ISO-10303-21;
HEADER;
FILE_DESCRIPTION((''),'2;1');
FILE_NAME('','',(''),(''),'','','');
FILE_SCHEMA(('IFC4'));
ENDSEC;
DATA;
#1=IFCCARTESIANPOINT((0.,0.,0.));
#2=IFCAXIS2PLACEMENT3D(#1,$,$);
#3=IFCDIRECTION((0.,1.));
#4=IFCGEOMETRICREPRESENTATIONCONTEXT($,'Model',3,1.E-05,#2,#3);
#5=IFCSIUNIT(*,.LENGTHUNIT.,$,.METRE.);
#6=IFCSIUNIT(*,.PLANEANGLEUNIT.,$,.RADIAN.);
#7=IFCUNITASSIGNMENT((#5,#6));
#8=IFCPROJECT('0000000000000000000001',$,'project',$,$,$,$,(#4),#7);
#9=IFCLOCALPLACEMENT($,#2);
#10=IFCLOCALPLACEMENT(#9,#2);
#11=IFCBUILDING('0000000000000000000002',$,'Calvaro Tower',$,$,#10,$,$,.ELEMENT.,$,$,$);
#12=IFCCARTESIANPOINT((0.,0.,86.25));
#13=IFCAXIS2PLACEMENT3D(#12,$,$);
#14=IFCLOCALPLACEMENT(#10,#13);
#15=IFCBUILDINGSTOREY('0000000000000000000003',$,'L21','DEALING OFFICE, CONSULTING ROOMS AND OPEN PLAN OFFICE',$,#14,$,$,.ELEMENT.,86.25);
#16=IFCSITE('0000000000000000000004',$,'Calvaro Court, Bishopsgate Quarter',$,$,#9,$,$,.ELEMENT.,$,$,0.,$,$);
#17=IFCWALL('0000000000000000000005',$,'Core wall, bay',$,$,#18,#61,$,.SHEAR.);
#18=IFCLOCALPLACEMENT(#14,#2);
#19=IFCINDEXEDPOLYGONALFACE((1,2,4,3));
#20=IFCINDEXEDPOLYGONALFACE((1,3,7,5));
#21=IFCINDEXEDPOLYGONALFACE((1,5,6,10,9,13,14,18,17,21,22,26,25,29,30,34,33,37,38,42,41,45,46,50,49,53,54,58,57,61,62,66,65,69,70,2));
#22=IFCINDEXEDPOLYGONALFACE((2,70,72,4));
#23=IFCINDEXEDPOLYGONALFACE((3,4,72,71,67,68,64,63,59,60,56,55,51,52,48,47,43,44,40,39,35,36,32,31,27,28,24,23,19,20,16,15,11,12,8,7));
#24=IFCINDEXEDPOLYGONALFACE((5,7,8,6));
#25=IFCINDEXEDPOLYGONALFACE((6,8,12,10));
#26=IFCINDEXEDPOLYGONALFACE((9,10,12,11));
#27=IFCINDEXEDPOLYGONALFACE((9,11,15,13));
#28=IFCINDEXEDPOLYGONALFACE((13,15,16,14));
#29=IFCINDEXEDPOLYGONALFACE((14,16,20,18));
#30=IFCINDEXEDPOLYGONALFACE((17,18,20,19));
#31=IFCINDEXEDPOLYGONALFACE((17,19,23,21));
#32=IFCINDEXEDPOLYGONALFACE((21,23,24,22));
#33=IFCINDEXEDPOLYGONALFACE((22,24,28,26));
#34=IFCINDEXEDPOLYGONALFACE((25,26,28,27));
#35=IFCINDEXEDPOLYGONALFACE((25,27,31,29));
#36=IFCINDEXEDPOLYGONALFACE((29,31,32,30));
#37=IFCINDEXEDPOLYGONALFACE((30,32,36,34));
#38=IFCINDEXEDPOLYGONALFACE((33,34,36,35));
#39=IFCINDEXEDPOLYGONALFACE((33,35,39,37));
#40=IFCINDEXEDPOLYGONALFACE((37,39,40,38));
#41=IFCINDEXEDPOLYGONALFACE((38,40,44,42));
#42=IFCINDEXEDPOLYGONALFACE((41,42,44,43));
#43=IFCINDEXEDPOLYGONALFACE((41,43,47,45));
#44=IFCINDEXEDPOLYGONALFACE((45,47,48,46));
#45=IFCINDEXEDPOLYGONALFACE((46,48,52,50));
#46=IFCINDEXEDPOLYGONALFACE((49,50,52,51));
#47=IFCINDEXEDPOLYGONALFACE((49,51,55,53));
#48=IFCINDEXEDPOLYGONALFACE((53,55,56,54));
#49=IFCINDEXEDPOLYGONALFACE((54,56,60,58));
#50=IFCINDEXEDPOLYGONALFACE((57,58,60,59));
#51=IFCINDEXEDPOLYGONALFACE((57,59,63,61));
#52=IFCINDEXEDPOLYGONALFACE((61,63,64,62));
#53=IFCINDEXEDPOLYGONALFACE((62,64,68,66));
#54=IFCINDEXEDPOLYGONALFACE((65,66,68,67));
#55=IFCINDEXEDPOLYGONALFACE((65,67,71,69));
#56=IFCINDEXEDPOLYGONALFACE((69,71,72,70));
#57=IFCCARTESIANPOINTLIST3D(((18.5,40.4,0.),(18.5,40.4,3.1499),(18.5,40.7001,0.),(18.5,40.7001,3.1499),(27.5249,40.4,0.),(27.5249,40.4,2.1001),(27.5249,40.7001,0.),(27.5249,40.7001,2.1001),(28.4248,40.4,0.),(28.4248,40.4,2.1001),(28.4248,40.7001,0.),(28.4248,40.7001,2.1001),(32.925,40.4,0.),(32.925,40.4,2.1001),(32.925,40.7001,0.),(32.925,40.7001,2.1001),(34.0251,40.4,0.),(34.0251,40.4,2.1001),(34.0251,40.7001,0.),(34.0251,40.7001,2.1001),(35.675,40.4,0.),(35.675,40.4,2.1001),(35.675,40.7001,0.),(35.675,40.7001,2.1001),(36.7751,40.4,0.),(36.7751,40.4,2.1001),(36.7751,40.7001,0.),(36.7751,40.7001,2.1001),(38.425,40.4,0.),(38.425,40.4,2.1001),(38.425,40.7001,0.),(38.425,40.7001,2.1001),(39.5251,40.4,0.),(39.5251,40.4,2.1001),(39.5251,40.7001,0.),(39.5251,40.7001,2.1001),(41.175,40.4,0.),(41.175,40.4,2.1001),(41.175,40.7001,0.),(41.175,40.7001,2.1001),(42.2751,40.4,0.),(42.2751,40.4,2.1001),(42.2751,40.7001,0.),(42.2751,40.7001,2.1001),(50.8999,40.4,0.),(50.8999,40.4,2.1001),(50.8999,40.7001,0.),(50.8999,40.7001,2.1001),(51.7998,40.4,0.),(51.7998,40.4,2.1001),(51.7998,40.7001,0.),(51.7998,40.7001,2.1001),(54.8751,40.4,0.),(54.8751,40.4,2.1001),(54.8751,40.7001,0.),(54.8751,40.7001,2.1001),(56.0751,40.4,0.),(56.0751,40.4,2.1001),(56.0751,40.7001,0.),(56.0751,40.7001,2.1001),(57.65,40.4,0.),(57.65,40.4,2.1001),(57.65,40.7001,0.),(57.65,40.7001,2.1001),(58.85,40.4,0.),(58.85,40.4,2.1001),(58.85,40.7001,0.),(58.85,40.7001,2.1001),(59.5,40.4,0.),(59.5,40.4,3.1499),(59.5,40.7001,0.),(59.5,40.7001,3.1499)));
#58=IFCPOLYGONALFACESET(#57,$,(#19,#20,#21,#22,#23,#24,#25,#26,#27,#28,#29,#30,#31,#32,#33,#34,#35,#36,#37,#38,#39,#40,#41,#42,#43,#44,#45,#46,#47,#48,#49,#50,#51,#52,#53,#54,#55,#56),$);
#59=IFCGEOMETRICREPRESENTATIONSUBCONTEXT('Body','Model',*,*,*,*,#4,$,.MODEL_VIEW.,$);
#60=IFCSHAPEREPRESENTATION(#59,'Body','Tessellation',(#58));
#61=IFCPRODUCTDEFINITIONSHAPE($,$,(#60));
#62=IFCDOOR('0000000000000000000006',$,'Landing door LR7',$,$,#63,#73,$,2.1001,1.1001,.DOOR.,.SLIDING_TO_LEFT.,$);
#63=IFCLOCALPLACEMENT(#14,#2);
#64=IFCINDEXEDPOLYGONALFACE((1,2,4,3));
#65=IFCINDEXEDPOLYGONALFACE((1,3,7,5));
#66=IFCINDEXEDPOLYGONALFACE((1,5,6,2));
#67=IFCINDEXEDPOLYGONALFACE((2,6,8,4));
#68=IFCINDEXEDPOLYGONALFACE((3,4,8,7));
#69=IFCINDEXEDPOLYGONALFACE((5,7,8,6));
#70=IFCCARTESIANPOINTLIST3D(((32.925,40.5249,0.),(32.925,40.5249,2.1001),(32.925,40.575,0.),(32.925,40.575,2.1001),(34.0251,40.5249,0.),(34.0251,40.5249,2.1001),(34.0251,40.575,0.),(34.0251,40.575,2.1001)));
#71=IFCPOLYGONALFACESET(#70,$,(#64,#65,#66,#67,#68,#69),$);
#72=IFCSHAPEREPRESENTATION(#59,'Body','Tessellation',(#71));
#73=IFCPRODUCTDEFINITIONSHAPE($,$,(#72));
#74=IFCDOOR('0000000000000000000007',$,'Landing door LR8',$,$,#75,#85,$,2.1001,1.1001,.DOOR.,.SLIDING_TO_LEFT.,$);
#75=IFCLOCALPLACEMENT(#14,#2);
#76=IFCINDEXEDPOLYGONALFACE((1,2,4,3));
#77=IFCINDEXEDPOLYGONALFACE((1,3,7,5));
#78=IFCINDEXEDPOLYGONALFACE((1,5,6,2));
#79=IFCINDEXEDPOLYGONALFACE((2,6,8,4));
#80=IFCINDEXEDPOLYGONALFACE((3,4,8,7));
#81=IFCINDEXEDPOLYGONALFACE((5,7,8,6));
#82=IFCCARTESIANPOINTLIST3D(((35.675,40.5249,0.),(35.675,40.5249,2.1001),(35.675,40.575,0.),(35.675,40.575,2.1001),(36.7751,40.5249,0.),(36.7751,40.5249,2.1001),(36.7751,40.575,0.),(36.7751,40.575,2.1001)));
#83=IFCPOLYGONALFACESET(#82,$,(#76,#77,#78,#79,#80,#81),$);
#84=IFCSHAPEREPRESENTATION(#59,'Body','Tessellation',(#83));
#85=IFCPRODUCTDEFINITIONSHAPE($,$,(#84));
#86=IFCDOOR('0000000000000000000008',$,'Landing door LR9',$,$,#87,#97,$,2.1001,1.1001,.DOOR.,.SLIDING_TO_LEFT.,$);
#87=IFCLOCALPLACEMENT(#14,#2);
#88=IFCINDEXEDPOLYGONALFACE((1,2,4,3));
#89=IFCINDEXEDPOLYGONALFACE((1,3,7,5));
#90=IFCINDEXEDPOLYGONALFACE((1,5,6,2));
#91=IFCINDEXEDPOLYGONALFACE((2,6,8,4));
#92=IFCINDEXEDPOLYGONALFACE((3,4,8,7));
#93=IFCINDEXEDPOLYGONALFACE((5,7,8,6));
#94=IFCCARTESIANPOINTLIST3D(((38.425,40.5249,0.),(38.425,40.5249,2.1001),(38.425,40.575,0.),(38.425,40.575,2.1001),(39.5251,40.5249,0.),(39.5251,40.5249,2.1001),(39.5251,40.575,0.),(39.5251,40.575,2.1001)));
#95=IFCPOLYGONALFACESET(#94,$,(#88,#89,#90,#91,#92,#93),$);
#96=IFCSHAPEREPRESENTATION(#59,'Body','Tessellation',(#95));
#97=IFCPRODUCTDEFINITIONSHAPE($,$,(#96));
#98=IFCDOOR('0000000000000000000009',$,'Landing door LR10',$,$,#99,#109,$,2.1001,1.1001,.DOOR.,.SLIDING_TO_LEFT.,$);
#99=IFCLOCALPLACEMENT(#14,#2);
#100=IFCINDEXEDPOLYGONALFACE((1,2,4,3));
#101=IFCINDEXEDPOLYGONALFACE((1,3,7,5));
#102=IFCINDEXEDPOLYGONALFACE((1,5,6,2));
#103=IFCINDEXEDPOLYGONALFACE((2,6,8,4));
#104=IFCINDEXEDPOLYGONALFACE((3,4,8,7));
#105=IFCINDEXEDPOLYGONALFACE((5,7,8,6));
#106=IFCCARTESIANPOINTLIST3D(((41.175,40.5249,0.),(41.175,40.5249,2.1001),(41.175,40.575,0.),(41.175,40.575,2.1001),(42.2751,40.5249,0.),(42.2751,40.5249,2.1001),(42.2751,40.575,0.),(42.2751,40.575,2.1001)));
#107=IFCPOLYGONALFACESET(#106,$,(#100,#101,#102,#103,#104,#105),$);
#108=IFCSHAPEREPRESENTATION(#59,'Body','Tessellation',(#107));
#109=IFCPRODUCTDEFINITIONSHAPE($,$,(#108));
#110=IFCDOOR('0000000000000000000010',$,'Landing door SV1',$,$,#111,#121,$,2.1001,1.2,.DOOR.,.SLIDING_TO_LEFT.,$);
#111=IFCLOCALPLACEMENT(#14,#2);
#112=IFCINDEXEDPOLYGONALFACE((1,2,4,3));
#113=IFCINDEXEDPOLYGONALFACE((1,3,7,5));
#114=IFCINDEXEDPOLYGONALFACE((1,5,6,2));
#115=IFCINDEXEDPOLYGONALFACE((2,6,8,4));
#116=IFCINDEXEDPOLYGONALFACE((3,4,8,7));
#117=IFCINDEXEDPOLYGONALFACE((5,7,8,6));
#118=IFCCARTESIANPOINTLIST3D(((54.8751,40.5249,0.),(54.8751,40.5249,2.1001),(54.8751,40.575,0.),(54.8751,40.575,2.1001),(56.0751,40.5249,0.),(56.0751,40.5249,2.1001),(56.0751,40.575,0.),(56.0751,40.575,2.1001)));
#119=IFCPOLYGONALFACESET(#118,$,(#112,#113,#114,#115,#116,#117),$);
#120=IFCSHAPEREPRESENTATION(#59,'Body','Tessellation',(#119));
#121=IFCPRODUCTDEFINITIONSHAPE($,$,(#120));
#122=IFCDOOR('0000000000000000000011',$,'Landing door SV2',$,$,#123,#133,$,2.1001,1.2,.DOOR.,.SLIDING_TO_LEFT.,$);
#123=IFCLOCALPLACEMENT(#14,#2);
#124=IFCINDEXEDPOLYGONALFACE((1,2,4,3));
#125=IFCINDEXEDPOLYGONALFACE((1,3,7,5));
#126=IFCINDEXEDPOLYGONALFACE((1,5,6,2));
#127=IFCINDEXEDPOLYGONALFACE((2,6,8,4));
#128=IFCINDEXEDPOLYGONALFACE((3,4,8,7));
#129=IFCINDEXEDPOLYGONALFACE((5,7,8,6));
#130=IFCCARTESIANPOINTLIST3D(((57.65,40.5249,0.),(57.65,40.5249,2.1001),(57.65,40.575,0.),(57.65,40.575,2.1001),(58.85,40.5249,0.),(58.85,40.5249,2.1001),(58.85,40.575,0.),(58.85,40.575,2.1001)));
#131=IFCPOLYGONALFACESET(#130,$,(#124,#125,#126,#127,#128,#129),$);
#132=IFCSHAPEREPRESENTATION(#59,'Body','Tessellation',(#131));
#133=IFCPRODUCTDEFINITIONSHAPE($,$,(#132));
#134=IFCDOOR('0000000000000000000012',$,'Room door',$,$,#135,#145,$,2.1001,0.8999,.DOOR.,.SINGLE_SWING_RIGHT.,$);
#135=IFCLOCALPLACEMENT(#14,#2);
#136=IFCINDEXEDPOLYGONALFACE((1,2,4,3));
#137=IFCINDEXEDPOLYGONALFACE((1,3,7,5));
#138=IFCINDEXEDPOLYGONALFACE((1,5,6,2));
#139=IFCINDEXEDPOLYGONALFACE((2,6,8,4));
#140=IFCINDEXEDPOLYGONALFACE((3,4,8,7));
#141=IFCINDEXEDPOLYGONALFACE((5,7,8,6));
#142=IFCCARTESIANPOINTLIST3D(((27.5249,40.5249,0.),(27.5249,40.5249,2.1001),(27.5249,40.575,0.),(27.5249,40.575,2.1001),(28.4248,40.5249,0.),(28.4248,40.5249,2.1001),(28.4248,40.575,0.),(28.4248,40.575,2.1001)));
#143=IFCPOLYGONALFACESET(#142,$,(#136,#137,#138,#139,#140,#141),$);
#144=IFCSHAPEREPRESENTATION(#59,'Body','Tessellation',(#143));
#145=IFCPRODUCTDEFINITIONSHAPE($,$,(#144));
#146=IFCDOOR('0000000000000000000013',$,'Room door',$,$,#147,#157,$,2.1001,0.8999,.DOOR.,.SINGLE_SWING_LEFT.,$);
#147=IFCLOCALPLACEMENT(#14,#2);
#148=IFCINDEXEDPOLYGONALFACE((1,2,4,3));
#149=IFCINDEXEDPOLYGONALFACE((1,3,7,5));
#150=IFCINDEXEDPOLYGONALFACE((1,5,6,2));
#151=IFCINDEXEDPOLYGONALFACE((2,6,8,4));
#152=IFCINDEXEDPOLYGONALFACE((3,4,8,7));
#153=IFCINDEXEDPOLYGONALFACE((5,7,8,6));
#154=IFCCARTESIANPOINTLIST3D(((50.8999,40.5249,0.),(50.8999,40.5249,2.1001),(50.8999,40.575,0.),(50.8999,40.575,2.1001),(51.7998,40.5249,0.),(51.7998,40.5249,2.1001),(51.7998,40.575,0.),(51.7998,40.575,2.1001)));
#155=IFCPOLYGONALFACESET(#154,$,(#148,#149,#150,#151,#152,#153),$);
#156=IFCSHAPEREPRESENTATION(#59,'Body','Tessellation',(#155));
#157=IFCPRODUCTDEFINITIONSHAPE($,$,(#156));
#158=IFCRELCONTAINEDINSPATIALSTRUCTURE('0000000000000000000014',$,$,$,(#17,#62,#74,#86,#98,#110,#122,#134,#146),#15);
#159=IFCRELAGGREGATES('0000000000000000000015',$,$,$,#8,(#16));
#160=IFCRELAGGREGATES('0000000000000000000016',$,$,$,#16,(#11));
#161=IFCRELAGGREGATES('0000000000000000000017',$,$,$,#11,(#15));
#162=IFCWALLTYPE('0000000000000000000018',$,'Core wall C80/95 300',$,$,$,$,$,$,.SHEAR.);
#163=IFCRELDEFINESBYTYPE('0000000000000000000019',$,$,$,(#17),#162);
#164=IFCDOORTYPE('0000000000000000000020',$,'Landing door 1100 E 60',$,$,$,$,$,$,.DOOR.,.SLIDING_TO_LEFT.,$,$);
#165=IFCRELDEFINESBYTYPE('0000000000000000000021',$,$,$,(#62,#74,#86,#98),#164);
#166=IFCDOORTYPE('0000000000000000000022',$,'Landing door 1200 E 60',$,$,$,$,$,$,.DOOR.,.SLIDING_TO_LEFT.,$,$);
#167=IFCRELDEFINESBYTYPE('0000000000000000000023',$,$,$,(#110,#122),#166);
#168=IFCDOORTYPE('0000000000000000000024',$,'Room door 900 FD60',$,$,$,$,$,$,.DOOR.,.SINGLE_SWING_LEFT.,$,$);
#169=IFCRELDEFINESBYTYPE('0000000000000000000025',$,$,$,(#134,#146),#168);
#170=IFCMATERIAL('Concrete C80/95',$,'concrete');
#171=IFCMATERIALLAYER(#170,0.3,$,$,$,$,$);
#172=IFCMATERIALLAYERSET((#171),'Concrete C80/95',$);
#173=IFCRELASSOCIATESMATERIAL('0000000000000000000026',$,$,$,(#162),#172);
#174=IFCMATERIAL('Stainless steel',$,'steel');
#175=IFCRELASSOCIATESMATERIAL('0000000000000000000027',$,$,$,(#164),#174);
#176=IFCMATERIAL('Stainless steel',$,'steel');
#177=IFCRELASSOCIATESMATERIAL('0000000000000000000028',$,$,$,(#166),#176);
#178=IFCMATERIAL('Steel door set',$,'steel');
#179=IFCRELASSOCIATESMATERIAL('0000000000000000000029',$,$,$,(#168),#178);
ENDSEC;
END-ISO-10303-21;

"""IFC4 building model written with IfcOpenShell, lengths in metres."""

from ifc_helpers import new_model, si_unit, direction, frame, frame_2d, origin, place, context, subcontext, project, spatial, rectangle, extrude, material, layer, layer_set, type_object, element, fill, save


model = new_model("IFC4")

# Units and contexts
model_context = context("Model", 3, precision=1e-05, world=origin(), true_north=direction((0.0, 1.0)))
body_context = subcontext(model_context, "Body", "Model", "MODEL_VIEW")
ifc_project = project(units=[si_unit("LENGTHUNIT", "METRE"), si_unit("PLANEANGLEUNIT", "RADIAN")], contexts=[model_context])

# Site, building, storey
site_placement = place(None, origin())
site = spatial("IfcSite", under=ifc_project, at=site_placement, Name="Calvaro Court, Bishopsgate Quarter", CompositionType="ELEMENT", RefElevation=0.0)
building_placement = place(site_placement, origin())
building = spatial("IfcBuilding", under=site, at=building_placement, Name="Calvaro Tower", CompositionType="ELEMENT")
storey_placement = place(building_placement, frame((0.0, 0.0, 86.25)))
storey = spatial("IfcBuildingStorey", under=building, at=storey_placement, Name="L21", Description="DEALING OFFICE, CONSULTING ROOMS AND OPEN PLAN OFFICE", CompositionType="ELEMENT", Elevation=86.25)

# Shared definitions
ifc_material_1 = material(Name="Concrete C80/95", Category="concrete")
ifc_layer_1 = layer(ifc_material_1, 0.3)
ifc_layer_set_1 = layer_set([ifc_layer_1], Name="Concrete C80/95")
wall_type_1 = type_object("IfcWallType", Name="Core wall C80/95 300", PredefinedType="SHEAR", material=ifc_layer_set_1)
ifc_material_2 = material(Name="Stainless steel", Category="steel")
door_type_1 = type_object("IfcDoorType", Name="Landing door 1100 E 60", OperationType="SLIDING_TO_LEFT", PredefinedType="DOOR", material=ifc_material_2)

# Wall, openings, doors
wall_1_placement = place(storey_placement, frame((18.5, 40.55, 0.0), z_axis=(0.0, 0.0, 1.0), x_axis=(1.0, 0.0, 0.0)))
wall_1 = element("IfcWall", 1, at=wall_1_placement, inside=storey, type_object=wall_type_1, Name="Core wall, bay", PredefinedType="SHEAR", context=body_context, shape_type="SweptSolid", body=[
    extrude(rectangle(XDim=41.0, YDim=0.3, at=frame_2d((20.5, 0.0))), origin(), (0.0, 0.0, 1.0), 3.1499),
])
opening_1_placement = place(wall_1_placement, frame((9.0249, 0.0, 0.0)))
opening_1 = element("IfcOpeningElement", 2, at=opening_1_placement, cuts=wall_1, PredefinedType="OPENING", context=body_context, shape_type="SweptSolid", body=[
    extrude(rectangle(XDim=0.8999, YDim=2.1001, at=frame_2d((0.45, 1.05))), frame((0.0, 0.1599, 0.0), z_axis=(0.0, -1.0, 0.0), x_axis=(1.0, 0.0, 0.0)), (0.0, 0.0, 1.0), 0.3201),
])
opening_2_placement = place(wall_1_placement, frame((32.3999, 0.0, 0.0)))
opening_2 = element("IfcOpeningElement", 3, at=opening_2_placement, cuts=wall_1, PredefinedType="OPENING", context=body_context, shape_type="SweptSolid", body=[
    extrude(rectangle(XDim=0.8999, YDim=2.1001, at=frame_2d((0.45, 1.05))), frame((0.0, 0.1599, 0.0), z_axis=(0.0, -1.0, 0.0), x_axis=(1.0, 0.0, 0.0)), (0.0, 0.0, 1.0), 0.3201),
])
opening_3_placement = place(wall_1_placement, frame((14.425, 0.0, 0.0)))
opening_3 = element("IfcOpeningElement", 4, at=opening_3_placement, cuts=wall_1, PredefinedType="OPENING", context=body_context, shape_type="SweptSolid", body=[
    extrude(rectangle(XDim=1.1001, YDim=2.1001, at=frame_2d((0.55, 1.05))), frame((0.0, 0.1599, 0.0), z_axis=(0.0, -1.0, 0.0), x_axis=(1.0, 0.0, 0.0)), (0.0, 0.0, 1.0), 0.3201),
])
opening_4_placement = place(wall_1_placement, frame((17.175, 0.0, 0.0)))
opening_4 = element("IfcOpeningElement", 5, at=opening_4_placement, cuts=wall_1, PredefinedType="OPENING", context=body_context, shape_type="SweptSolid", body=[
    extrude(rectangle(XDim=1.1001, YDim=2.1001, at=frame_2d((0.55, 1.05))), frame((0.0, 0.1599, 0.0), z_axis=(0.0, -1.0, 0.0), x_axis=(1.0, 0.0, 0.0)), (0.0, 0.0, 1.0), 0.3201),
])
opening_5_placement = place(wall_1_placement, frame((19.925, 0.0, 0.0)))
opening_5 = element("IfcOpeningElement", 6, at=opening_5_placement, cuts=wall_1, PredefinedType="OPENING", context=body_context, shape_type="SweptSolid", body=[
    extrude(rectangle(XDim=1.1001, YDim=2.1001, at=frame_2d((0.55, 1.05))), frame((0.0, 0.1599, 0.0), z_axis=(0.0, -1.0, 0.0), x_axis=(1.0, 0.0, 0.0)), (0.0, 0.0, 1.0), 0.3201),
])
opening_6_placement = place(wall_1_placement, frame((22.675, 0.0, 0.0)))
opening_6 = element("IfcOpeningElement", 7, at=opening_6_placement, cuts=wall_1, PredefinedType="OPENING", context=body_context, shape_type="SweptSolid", body=[
    extrude(rectangle(XDim=1.1001, YDim=2.1001, at=frame_2d((0.55, 1.05))), frame((0.0, 0.1599, 0.0), z_axis=(0.0, -1.0, 0.0), x_axis=(1.0, 0.0, 0.0)), (0.0, 0.0, 1.0), 0.3201),
])
opening_7_placement = place(wall_1_placement, frame((36.375, 0.0, 0.0)))
opening_7 = element("IfcOpeningElement", 8, at=opening_7_placement, cuts=wall_1, PredefinedType="OPENING", context=body_context, shape_type="SweptSolid", body=[
    extrude(rectangle(XDim=1.2, YDim=2.1001, at=frame_2d((0.6001, 1.05))), frame((0.0, 0.1599, 0.0), z_axis=(0.0, -1.0, 0.0), x_axis=(1.0, 0.0, 0.0)), (0.0, 0.0, 1.0), 0.3201),
])
opening_8_placement = place(wall_1_placement, frame((39.1499, 0.0, 0.0)))
opening_8 = element("IfcOpeningElement", 9, at=opening_8_placement, cuts=wall_1, PredefinedType="OPENING", context=body_context, shape_type="SweptSolid", body=[
    extrude(rectangle(XDim=1.2, YDim=2.1001, at=frame_2d((0.6001, 1.05))), frame((0.0, 0.1599, 0.0), z_axis=(0.0, -1.0, 0.0), x_axis=(1.0, 0.0, 0.0)), (0.0, 0.0, 1.0), 0.3201),
])
door_1_placement = place(opening_3_placement, origin())
door_1 = element("IfcDoor", 10, at=door_1_placement, inside=storey, type_object=door_type_1, Name="Landing door LR7", OperationType="SLIDING_TO_LEFT", OverallHeight=2.1001, OverallWidth=1.1001, PredefinedType="DOOR", context=body_context, shape_type="SweptSolid", body=[
    extrude(rectangle(XDim=1.1001, YDim=2.1001, at=frame_2d((0.55, 1.05))), frame((0.0, 0.0249, 0.0), z_axis=(0.0, -1.0, 0.0), x_axis=(1.0, 0.0, 0.0)), (0.0, 0.0, 1.0), 0.05),
])
fill(opening_3, door_1)
door_2_placement = place(opening_4_placement, origin())
door_2 = element("IfcDoor", 11, at=door_2_placement, inside=storey, type_object=door_type_1, Name="Landing door LR8", OperationType="SLIDING_TO_LEFT", OverallHeight=2.1001, OverallWidth=1.1001, PredefinedType="DOOR", context=body_context, shape_type="SweptSolid", body=[
    extrude(rectangle(XDim=1.1001, YDim=2.1001, at=frame_2d((0.55, 1.05))), frame((0.0, 0.0249, 0.0), z_axis=(0.0, -1.0, 0.0), x_axis=(1.0, 0.0, 0.0)), (0.0, 0.0, 1.0), 0.05),
])
fill(opening_4, door_2)
door_3_placement = place(opening_5_placement, origin())
door_3 = element("IfcDoor", 12, at=door_3_placement, inside=storey, type_object=door_type_1, Name="Landing door LR9", OperationType="SLIDING_TO_LEFT", OverallHeight=2.1001, OverallWidth=1.1001, PredefinedType="DOOR", context=body_context, shape_type="SweptSolid", body=[
    extrude(rectangle(XDim=1.1001, YDim=2.1001, at=frame_2d((0.55, 1.05))), frame((0.0, 0.0249, 0.0), z_axis=(0.0, -1.0, 0.0), x_axis=(1.0, 0.0, 0.0)), (0.0, 0.0, 1.0), 0.05),
])
fill(opening_5, door_3)
door_4_placement = place(opening_6_placement, origin())
door_4 = element("IfcDoor", 13, at=door_4_placement, inside=storey, type_object=door_type_1, Name="Landing door LR10", OperationType="SLIDING_TO_LEFT", OverallHeight=2.1001, OverallWidth=1.1001, PredefinedType="DOOR", context=body_context, shape_type="SweptSolid", body=[
    extrude(rectangle(XDim=1.1001, YDim=2.1001, at=frame_2d((0.55, 1.05))), frame((0.0, 0.0249, 0.0), z_axis=(0.0, -1.0, 0.0), x_axis=(1.0, 0.0, 0.0)), (0.0, 0.0, 1.0), 0.05),
])
fill(opening_6, door_4)
ifc_material_3 = material(Name="Stainless steel", Category="steel")
door_type_2 = type_object("IfcDoorType", Name="Landing door 1200 E 60", OperationType="SLIDING_TO_LEFT", PredefinedType="DOOR", material=ifc_material_3)
door_5_placement = place(opening_7_placement, origin())
door_5 = element("IfcDoor", 14, at=door_5_placement, inside=storey, type_object=door_type_2, Name="Landing door SV1", OperationType="SLIDING_TO_LEFT", OverallHeight=2.1001, OverallWidth=1.2, PredefinedType="DOOR", context=body_context, shape_type="SweptSolid", body=[
    extrude(rectangle(XDim=1.2, YDim=2.1001, at=frame_2d((0.6001, 1.05))), frame((0.0, 0.0249, 0.0), z_axis=(0.0, -1.0, 0.0), x_axis=(1.0, 0.0, 0.0)), (0.0, 0.0, 1.0), 0.05),
])
fill(opening_7, door_5)
door_6_placement = place(opening_8_placement, origin())
door_6 = element("IfcDoor", 15, at=door_6_placement, inside=storey, type_object=door_type_2, Name="Landing door SV2", OperationType="SLIDING_TO_LEFT", OverallHeight=2.1001, OverallWidth=1.2, PredefinedType="DOOR", context=body_context, shape_type="SweptSolid", body=[
    extrude(rectangle(XDim=1.2, YDim=2.1001, at=frame_2d((0.6001, 1.05))), frame((0.0, 0.0249, 0.0), z_axis=(0.0, -1.0, 0.0), x_axis=(1.0, 0.0, 0.0)), (0.0, 0.0, 1.0), 0.05),
])
fill(opening_8, door_6)
ifc_material_4 = material(Name="Steel door set", Category="steel")
door_type_3 = type_object("IfcDoorType", Name="Room door 900 FD60", OperationType="SINGLE_SWING_LEFT", PredefinedType="DOOR", material=ifc_material_4)
door_7_placement = place(opening_1_placement, origin())
door_7 = element("IfcDoor", 16, at=door_7_placement, inside=storey, type_object=door_type_3, Name="Room door", OperationType="SINGLE_SWING_RIGHT", OverallHeight=2.1001, OverallWidth=0.8999, PredefinedType="DOOR", context=body_context, shape_type="SweptSolid", body=[
    extrude(rectangle(XDim=0.8999, YDim=2.1001, at=frame_2d((0.45, 1.05))), frame((0.0, 0.0249, 0.0), z_axis=(0.0, -1.0, 0.0), x_axis=(1.0, 0.0, 0.0)), (0.0, 0.0, 1.0), 0.05),
])
fill(opening_1, door_7)
door_8_placement = place(opening_2_placement, origin())
door_8 = element("IfcDoor", 17, at=door_8_placement, inside=storey, type_object=door_type_3, Name="Room door", OperationType="SINGLE_SWING_LEFT", OverallHeight=2.1001, OverallWidth=0.8999, PredefinedType="DOOR", context=body_context, shape_type="SweptSolid", body=[
    extrude(rectangle(XDim=0.8999, YDim=2.1001, at=frame_2d((0.45, 1.05))), frame((0.0, 0.0249, 0.0), z_axis=(0.0, -1.0, 0.0), x_axis=(1.0, 0.0, 0.0)), (0.0, 0.0, 1.0), 0.05),
])
fill(opening_2, door_8)

save(model, "model.ifc")
